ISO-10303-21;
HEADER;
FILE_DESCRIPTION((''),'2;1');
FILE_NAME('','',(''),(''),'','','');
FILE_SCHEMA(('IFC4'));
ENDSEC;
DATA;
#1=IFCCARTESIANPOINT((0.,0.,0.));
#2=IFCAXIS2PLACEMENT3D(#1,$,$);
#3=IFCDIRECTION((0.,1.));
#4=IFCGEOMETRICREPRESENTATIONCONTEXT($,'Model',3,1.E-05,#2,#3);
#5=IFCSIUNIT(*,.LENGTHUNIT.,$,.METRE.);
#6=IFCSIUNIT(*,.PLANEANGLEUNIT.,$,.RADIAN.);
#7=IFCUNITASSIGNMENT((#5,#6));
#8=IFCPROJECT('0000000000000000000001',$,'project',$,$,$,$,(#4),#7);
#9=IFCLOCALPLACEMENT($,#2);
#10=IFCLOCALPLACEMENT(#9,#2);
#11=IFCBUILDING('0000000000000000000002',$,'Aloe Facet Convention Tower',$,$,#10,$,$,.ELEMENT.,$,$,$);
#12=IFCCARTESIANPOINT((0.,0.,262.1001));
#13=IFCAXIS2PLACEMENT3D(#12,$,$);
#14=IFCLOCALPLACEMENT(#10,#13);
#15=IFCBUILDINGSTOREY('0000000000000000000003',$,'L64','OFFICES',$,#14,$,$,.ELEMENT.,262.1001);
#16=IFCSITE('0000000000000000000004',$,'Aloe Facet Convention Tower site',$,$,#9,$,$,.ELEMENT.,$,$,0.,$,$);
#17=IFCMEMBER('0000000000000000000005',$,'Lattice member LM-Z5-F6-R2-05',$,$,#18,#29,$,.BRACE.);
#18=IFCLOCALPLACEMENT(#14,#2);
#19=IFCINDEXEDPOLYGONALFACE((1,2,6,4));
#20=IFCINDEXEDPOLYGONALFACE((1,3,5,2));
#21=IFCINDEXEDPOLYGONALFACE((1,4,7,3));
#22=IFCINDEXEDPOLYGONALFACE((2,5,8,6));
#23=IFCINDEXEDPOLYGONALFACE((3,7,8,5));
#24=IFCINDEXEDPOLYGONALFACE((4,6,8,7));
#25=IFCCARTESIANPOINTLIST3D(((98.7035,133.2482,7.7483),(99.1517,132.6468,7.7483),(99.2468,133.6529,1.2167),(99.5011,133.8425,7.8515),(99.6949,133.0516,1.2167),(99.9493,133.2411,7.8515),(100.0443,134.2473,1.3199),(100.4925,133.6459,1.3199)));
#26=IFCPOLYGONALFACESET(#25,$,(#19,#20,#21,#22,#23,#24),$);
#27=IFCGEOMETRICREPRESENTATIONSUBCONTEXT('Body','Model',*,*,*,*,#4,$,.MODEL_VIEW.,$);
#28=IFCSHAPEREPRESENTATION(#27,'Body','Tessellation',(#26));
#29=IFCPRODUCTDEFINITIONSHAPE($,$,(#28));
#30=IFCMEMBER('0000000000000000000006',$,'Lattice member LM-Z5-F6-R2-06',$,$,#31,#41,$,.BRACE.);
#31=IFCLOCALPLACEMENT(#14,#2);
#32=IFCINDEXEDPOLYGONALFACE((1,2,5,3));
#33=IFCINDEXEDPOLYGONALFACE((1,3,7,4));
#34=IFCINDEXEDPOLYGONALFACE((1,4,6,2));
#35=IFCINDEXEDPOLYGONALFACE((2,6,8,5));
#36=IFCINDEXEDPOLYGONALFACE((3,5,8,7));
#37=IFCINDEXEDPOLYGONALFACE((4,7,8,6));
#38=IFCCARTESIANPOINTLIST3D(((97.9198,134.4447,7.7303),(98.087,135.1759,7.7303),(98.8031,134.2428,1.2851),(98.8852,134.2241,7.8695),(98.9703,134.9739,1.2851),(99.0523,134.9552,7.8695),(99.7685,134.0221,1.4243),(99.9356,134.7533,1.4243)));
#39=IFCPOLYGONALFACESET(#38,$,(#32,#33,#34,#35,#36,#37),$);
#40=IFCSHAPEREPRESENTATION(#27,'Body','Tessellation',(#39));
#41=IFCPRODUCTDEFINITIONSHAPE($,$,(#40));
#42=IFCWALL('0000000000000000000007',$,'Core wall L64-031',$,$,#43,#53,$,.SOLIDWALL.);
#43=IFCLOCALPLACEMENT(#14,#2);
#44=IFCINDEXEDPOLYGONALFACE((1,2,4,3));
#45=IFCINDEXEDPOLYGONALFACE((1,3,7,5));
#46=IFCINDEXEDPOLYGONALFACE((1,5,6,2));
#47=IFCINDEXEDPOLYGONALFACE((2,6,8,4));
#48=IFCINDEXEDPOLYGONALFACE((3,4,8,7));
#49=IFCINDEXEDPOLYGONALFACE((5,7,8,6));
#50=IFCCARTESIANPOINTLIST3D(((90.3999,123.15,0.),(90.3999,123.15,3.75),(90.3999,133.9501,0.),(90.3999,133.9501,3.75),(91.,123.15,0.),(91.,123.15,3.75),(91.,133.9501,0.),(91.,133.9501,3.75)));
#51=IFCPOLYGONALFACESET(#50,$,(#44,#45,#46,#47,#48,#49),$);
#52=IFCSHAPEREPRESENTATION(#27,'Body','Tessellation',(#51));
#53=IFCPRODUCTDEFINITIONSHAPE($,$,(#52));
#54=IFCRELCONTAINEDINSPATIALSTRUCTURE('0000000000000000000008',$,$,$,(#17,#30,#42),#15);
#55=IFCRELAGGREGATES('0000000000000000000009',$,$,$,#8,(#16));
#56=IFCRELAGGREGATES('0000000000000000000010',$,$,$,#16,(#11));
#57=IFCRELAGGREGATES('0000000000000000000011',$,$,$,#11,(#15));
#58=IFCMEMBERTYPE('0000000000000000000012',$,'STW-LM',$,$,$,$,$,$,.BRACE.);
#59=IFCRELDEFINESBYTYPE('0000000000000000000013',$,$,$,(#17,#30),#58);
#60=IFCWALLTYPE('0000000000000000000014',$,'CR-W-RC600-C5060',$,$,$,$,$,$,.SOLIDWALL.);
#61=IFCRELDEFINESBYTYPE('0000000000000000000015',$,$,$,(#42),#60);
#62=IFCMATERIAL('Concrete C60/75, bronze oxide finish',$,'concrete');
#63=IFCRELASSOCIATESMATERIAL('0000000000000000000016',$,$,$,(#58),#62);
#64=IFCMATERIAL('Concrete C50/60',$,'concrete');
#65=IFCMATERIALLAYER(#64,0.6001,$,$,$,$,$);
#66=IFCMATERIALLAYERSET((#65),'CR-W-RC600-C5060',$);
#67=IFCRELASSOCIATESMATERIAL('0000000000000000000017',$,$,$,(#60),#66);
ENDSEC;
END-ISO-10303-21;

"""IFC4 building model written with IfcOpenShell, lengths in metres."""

from ifc_helpers import new_model, si_unit, direction, frame, frame_2d, origin, origin_2d, place, context, subcontext, project, spatial, rectangle, extrude, material, layer, layer_set, material_profile, profile_set, type_object, element, save


model = new_model("IFC4")

# Units and contexts
model_context = context("Model", 3, precision=1e-05, world=origin(), true_north=direction((0.0, 1.0)))
body_context = subcontext(model_context, "Body", "Model", "MODEL_VIEW")
ifc_project = project(units=[si_unit("LENGTHUNIT", "METRE"), si_unit("PLANEANGLEUNIT", "RADIAN")], contexts=[model_context])

# Site, building, storey
site_placement = place(None, origin())
site = spatial("IfcSite", under=ifc_project, at=site_placement, Name="Aloe Facet Convention Tower site", CompositionType="ELEMENT", RefElevation=0.0)
building_placement = place(site_placement, origin())
building = spatial("IfcBuilding", under=site, at=building_placement, Name="Aloe Facet Convention Tower", CompositionType="ELEMENT")
storey_placement = place(building_placement, frame((0.0, 0.0, 262.1001)))
storey = spatial("IfcBuildingStorey", under=building, at=storey_placement, Name="L64", Description="OFFICES", CompositionType="ELEMENT", Elevation=262.1001)

# Members
ifc_material_1 = material(Name="Concrete C60/75, bronze oxide finish", Category="concrete")
ifc_material_profile_1 = material_profile(ifc_material_1, rectangle(XDim=0.75, YDim=1.0, at=origin_2d()), Name="STW-LM")
ifc_profile_set_1 = profile_set([ifc_material_profile_1], Name="Concrete C60/75, bronze oxide finish")
member_type = type_object("IfcMemberType", Name="STW-LM", PredefinedType="BRACE", material=ifc_profile_set_1)
member_1_placement = place(storey_placement, frame((99.8696, 133.6494, 1.2683), z_axis=(-0.082724, -0.061644, 0.994664), x_axis=(0.597518, -0.801856, 0.0)))
element("IfcMember", 1, at=member_1_placement, inside=storey, type_object=member_type, Name="Lattice member LM-Z5-F6-R2-05", PredefinedType="BRACE", context=body_context, shape_type="SweptSolid", body=[
    extrude(rectangle(XDim=0.75, YDim=1.0, at=origin_2d()), origin(), (0.0, 0.0, 1.0), 6.5667),
])
member_2_placement = place(storey_placement, frame((99.3694, 134.498, 1.3547), z_axis=(-0.135716, 0.031022, 0.990262), x_axis=(-0.222832, -0.974857, 0.0)))
element("IfcMember", 2, at=member_2_placement, inside=storey, type_object=member_type, Name="Lattice member LM-Z5-F6-R2-06", PredefinedType="BRACE", context=body_context, shape_type="SweptSolid", body=[
    extrude(rectangle(XDim=0.75, YDim=1.0, at=origin_2d()), origin(), (0.0, 0.0, 1.0), 6.5085),
])

# Wall
ifc_material_2 = material(Name="Concrete C50/60", Category="concrete")
ifc_layer_1 = layer(ifc_material_2, 0.6001)
ifc_layer_set_1 = layer_set([ifc_layer_1], Name="CR-W-RC600-C5060")
wall_type_1 = type_object("IfcWallType", Name="CR-W-RC600-C5060", PredefinedType="SOLIDWALL", material=ifc_layer_set_1)
wall_1_placement = place(storey_placement, frame((90.7, 133.95, 0.0), z_axis=(0.0, 0.0, 1.0), x_axis=(0.0, -1.0, 0.0)))
element("IfcWall", 3, at=wall_1_placement, inside=storey, type_object=wall_type_1, Name="Core wall L64-031", PredefinedType="SOLIDWALL", context=body_context, shape_type="SweptSolid", body=[
    extrude(rectangle(XDim=10.8, YDim=0.6001, at=frame_2d((5.3999, 0.0))), origin(), (0.0, 0.0, 1.0), 3.75),
])

save(model, "model.ifc")
